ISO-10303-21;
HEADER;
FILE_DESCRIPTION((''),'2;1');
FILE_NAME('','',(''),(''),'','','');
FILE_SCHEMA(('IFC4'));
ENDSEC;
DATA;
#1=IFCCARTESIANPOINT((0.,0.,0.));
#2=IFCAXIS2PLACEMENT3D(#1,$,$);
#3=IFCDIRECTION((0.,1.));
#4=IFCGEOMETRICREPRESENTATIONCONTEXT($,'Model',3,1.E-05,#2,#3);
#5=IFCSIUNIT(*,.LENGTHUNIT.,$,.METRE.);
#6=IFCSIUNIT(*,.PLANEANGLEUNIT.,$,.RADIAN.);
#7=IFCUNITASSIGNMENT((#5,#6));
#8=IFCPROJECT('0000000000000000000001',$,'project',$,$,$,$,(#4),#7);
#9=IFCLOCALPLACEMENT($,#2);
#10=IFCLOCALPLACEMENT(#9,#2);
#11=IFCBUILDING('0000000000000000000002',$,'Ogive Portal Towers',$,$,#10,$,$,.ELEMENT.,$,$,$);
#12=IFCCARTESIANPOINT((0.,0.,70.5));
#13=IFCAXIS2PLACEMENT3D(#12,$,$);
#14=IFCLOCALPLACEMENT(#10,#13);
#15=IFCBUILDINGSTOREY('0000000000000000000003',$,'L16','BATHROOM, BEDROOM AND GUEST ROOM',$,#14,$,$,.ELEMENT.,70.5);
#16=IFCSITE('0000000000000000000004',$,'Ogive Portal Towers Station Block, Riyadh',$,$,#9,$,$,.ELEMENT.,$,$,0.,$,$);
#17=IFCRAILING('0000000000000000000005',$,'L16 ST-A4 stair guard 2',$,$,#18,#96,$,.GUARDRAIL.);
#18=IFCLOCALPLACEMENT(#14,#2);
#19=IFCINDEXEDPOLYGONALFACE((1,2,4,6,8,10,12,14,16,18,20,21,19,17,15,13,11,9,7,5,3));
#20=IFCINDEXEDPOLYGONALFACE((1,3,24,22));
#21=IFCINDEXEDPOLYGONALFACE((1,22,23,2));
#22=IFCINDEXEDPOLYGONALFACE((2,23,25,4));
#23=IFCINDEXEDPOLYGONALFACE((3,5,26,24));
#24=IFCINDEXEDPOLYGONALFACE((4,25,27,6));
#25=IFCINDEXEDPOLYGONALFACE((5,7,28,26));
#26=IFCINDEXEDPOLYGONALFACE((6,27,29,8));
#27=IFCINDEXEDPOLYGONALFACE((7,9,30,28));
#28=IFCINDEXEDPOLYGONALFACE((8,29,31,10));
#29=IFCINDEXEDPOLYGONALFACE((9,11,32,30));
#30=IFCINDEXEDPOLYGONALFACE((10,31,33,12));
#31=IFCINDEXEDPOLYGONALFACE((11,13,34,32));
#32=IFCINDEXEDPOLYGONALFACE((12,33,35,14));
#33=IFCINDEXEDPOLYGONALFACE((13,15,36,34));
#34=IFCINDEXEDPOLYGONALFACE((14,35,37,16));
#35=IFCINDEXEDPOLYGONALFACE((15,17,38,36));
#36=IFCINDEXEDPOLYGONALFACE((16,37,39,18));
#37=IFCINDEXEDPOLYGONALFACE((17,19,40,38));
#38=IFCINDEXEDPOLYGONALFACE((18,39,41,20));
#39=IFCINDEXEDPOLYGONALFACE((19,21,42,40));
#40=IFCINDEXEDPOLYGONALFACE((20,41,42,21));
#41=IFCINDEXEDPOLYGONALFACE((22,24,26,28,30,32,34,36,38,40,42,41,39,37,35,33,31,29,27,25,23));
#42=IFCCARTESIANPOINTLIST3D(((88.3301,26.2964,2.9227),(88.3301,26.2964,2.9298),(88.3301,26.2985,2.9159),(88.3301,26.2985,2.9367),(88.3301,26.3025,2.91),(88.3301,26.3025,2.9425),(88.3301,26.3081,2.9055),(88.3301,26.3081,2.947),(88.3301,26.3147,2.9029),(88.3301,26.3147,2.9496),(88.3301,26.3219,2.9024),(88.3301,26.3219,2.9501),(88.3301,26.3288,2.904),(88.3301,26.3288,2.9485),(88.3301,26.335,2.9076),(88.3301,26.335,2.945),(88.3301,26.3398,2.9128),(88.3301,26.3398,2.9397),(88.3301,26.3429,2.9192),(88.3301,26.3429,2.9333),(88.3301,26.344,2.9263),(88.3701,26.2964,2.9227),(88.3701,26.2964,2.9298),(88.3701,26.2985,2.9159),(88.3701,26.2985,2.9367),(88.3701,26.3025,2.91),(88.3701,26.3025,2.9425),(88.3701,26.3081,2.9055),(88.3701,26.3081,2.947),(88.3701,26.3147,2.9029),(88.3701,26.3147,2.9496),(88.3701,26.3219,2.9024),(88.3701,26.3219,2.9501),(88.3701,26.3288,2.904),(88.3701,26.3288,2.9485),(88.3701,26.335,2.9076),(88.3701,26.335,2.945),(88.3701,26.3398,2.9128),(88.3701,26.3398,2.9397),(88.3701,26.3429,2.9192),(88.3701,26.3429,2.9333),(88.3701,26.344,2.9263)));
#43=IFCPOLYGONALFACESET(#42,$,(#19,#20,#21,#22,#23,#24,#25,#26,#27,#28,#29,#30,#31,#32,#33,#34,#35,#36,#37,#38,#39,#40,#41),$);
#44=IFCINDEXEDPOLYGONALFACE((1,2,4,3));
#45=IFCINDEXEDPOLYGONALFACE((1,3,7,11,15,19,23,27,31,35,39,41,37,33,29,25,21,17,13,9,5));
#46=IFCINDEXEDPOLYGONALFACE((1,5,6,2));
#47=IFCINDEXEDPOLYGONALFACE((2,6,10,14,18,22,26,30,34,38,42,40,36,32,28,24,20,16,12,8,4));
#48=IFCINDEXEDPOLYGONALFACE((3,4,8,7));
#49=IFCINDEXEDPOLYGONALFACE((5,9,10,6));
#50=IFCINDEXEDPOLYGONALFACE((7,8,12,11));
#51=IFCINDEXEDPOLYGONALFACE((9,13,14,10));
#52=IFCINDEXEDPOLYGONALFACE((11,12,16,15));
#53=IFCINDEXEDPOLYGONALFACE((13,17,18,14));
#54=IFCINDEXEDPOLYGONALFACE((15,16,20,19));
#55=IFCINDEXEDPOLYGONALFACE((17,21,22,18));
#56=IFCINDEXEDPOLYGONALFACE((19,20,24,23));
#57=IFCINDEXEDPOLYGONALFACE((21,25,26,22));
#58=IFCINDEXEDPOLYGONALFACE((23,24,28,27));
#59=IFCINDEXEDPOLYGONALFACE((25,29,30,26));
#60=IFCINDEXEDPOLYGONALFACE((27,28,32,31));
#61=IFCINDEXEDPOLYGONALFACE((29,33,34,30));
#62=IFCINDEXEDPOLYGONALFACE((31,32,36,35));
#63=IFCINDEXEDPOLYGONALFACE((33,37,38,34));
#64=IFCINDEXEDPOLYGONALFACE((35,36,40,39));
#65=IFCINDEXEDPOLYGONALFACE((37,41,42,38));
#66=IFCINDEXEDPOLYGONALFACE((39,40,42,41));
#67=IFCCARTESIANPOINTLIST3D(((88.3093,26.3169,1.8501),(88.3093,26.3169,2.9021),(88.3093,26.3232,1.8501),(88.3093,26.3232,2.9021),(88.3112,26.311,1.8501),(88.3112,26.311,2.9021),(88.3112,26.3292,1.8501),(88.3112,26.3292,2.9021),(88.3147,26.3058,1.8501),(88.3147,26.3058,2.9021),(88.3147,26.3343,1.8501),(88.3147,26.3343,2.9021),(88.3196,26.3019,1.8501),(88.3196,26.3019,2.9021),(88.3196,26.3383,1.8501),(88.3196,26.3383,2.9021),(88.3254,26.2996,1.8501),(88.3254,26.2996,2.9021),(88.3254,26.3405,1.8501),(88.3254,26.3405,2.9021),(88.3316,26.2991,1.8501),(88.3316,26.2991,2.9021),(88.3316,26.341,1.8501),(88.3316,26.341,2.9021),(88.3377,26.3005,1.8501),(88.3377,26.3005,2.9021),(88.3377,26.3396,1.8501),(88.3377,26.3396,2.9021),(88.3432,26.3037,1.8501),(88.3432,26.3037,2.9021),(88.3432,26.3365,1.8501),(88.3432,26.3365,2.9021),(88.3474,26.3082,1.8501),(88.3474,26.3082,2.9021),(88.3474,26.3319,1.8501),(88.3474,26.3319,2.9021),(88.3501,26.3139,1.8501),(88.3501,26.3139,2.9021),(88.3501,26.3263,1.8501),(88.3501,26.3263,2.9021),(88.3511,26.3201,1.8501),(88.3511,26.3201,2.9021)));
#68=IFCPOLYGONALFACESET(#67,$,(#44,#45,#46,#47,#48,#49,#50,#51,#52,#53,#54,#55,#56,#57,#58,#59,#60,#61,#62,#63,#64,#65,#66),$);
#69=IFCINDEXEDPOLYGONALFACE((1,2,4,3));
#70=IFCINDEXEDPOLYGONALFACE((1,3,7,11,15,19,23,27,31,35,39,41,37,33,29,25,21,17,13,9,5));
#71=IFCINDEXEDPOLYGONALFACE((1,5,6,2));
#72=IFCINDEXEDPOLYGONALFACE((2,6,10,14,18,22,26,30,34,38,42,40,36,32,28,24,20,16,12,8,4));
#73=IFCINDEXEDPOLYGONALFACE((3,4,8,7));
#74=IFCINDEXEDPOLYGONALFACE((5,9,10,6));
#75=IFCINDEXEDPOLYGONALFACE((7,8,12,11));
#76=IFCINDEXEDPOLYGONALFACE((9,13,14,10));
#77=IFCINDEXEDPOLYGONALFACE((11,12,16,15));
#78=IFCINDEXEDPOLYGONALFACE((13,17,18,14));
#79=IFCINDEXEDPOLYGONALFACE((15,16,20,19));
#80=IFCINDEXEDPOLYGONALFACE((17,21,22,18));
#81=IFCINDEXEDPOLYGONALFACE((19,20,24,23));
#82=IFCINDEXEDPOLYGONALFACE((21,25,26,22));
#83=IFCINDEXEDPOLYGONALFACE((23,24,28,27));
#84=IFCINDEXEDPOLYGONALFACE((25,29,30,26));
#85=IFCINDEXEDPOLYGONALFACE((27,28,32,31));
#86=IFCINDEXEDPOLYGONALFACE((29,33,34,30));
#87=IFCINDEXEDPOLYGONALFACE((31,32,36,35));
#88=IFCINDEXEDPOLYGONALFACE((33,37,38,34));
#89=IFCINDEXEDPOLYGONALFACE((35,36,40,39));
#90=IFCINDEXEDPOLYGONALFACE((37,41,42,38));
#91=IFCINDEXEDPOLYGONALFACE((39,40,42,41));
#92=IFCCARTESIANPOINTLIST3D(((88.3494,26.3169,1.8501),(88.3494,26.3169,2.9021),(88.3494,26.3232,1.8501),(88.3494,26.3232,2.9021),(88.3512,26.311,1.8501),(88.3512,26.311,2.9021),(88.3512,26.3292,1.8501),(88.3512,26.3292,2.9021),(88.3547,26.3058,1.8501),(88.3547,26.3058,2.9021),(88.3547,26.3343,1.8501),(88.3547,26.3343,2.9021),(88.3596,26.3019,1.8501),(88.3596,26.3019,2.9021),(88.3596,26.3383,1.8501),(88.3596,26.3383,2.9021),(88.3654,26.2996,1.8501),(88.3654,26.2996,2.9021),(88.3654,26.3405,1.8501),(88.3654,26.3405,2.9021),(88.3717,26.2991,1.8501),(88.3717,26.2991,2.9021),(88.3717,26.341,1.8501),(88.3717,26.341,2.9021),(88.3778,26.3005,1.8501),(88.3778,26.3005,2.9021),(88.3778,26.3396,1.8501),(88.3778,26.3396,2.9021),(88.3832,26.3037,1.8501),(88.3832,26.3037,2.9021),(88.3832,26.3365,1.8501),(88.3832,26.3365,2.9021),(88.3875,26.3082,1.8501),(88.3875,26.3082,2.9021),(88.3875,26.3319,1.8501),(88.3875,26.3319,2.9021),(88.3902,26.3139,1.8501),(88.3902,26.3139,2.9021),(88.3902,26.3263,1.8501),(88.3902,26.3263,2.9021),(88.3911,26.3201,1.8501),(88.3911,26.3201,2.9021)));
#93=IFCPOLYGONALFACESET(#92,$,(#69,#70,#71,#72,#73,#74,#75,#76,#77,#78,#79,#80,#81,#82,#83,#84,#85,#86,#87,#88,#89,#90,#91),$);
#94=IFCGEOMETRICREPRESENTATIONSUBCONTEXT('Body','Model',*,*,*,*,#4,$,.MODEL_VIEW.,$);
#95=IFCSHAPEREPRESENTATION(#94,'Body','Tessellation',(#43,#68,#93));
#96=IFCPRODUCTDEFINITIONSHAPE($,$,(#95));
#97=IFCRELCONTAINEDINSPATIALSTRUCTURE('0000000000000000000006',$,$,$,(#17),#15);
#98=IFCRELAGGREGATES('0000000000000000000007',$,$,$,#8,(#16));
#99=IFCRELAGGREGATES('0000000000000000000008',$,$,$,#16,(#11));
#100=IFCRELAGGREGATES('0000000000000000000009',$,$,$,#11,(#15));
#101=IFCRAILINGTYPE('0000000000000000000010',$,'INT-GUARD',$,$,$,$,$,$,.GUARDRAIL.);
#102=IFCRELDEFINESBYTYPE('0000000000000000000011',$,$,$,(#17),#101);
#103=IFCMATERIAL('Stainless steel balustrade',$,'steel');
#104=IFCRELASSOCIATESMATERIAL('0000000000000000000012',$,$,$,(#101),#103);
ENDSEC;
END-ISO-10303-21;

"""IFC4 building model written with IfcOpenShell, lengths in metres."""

from ifc_helpers import new_model, si_unit, direction, frame, origin, origin_2d, place, context, subcontext, project, spatial, circle, extrude, material, type_object, element, save


model = new_model("IFC4")

# Units and contexts
model_context = context("Model", 3, precision=1e-05, world=origin(), true_north=direction((0.0, 1.0)))
body_context = subcontext(model_context, "Body", "Model", "MODEL_VIEW")
ifc_project = project(units=[si_unit("LENGTHUNIT", "METRE"), si_unit("PLANEANGLEUNIT", "RADIAN")], contexts=[model_context])

# Site, building, storey
site_placement = place(None, origin())
site = spatial("IfcSite", under=ifc_project, at=site_placement, Name="Ogive Portal Towers Station Block, Riyadh", CompositionType="ELEMENT", RefElevation=0.0)
building_placement = place(site_placement, origin())
building = spatial("IfcBuilding", under=site, at=building_placement, Name="Ogive Portal Towers", CompositionType="ELEMENT")
storey_placement = place(building_placement, frame((0.0, 0.0, 70.5)))
storey = spatial("IfcBuildingStorey", under=building, at=storey_placement, Name="L16", Description="BATHROOM, BEDROOM AND GUEST ROOM", CompositionType="ELEMENT", Elevation=70.5)

# Railing
ifc_material_1 = material(Name="Stainless steel balustrade", Category="steel")
railing_type_1 = type_object("IfcRailingType", Name="INT-GUARD", PredefinedType="GUARDRAIL", material=ifc_material_1)
railing_1_placement = place(storey_placement, frame((88.3301, 26.3201, 1.8501)))
element("IfcRailing", 1, at=railing_1_placement, inside=storey, type_object=railing_type_1, Name="L16 ST-A4 stair guard 2", PredefinedType="GUARDRAIL", context=body_context, shape_type="SweptSolid", body=[
    extrude(circle(Radius=0.0239, at=origin_2d()), frame((0.0, 0.0, 1.0762), z_axis=(1.0, 0.0, 0.0), x_axis=(0.0, 1.0, 0.0)), (0.0, 0.0, 1.0), 0.04),
    extrude(circle(Radius=0.021, at=origin_2d()), origin(), (0.0, 0.0, 1.0), 1.052),
    extrude(circle(Radius=0.021, at=origin_2d()), frame((0.04, 0.0, 0.0)), (0.0, 0.0, 1.0), 1.052),
])

save(model, "model.ifc")
